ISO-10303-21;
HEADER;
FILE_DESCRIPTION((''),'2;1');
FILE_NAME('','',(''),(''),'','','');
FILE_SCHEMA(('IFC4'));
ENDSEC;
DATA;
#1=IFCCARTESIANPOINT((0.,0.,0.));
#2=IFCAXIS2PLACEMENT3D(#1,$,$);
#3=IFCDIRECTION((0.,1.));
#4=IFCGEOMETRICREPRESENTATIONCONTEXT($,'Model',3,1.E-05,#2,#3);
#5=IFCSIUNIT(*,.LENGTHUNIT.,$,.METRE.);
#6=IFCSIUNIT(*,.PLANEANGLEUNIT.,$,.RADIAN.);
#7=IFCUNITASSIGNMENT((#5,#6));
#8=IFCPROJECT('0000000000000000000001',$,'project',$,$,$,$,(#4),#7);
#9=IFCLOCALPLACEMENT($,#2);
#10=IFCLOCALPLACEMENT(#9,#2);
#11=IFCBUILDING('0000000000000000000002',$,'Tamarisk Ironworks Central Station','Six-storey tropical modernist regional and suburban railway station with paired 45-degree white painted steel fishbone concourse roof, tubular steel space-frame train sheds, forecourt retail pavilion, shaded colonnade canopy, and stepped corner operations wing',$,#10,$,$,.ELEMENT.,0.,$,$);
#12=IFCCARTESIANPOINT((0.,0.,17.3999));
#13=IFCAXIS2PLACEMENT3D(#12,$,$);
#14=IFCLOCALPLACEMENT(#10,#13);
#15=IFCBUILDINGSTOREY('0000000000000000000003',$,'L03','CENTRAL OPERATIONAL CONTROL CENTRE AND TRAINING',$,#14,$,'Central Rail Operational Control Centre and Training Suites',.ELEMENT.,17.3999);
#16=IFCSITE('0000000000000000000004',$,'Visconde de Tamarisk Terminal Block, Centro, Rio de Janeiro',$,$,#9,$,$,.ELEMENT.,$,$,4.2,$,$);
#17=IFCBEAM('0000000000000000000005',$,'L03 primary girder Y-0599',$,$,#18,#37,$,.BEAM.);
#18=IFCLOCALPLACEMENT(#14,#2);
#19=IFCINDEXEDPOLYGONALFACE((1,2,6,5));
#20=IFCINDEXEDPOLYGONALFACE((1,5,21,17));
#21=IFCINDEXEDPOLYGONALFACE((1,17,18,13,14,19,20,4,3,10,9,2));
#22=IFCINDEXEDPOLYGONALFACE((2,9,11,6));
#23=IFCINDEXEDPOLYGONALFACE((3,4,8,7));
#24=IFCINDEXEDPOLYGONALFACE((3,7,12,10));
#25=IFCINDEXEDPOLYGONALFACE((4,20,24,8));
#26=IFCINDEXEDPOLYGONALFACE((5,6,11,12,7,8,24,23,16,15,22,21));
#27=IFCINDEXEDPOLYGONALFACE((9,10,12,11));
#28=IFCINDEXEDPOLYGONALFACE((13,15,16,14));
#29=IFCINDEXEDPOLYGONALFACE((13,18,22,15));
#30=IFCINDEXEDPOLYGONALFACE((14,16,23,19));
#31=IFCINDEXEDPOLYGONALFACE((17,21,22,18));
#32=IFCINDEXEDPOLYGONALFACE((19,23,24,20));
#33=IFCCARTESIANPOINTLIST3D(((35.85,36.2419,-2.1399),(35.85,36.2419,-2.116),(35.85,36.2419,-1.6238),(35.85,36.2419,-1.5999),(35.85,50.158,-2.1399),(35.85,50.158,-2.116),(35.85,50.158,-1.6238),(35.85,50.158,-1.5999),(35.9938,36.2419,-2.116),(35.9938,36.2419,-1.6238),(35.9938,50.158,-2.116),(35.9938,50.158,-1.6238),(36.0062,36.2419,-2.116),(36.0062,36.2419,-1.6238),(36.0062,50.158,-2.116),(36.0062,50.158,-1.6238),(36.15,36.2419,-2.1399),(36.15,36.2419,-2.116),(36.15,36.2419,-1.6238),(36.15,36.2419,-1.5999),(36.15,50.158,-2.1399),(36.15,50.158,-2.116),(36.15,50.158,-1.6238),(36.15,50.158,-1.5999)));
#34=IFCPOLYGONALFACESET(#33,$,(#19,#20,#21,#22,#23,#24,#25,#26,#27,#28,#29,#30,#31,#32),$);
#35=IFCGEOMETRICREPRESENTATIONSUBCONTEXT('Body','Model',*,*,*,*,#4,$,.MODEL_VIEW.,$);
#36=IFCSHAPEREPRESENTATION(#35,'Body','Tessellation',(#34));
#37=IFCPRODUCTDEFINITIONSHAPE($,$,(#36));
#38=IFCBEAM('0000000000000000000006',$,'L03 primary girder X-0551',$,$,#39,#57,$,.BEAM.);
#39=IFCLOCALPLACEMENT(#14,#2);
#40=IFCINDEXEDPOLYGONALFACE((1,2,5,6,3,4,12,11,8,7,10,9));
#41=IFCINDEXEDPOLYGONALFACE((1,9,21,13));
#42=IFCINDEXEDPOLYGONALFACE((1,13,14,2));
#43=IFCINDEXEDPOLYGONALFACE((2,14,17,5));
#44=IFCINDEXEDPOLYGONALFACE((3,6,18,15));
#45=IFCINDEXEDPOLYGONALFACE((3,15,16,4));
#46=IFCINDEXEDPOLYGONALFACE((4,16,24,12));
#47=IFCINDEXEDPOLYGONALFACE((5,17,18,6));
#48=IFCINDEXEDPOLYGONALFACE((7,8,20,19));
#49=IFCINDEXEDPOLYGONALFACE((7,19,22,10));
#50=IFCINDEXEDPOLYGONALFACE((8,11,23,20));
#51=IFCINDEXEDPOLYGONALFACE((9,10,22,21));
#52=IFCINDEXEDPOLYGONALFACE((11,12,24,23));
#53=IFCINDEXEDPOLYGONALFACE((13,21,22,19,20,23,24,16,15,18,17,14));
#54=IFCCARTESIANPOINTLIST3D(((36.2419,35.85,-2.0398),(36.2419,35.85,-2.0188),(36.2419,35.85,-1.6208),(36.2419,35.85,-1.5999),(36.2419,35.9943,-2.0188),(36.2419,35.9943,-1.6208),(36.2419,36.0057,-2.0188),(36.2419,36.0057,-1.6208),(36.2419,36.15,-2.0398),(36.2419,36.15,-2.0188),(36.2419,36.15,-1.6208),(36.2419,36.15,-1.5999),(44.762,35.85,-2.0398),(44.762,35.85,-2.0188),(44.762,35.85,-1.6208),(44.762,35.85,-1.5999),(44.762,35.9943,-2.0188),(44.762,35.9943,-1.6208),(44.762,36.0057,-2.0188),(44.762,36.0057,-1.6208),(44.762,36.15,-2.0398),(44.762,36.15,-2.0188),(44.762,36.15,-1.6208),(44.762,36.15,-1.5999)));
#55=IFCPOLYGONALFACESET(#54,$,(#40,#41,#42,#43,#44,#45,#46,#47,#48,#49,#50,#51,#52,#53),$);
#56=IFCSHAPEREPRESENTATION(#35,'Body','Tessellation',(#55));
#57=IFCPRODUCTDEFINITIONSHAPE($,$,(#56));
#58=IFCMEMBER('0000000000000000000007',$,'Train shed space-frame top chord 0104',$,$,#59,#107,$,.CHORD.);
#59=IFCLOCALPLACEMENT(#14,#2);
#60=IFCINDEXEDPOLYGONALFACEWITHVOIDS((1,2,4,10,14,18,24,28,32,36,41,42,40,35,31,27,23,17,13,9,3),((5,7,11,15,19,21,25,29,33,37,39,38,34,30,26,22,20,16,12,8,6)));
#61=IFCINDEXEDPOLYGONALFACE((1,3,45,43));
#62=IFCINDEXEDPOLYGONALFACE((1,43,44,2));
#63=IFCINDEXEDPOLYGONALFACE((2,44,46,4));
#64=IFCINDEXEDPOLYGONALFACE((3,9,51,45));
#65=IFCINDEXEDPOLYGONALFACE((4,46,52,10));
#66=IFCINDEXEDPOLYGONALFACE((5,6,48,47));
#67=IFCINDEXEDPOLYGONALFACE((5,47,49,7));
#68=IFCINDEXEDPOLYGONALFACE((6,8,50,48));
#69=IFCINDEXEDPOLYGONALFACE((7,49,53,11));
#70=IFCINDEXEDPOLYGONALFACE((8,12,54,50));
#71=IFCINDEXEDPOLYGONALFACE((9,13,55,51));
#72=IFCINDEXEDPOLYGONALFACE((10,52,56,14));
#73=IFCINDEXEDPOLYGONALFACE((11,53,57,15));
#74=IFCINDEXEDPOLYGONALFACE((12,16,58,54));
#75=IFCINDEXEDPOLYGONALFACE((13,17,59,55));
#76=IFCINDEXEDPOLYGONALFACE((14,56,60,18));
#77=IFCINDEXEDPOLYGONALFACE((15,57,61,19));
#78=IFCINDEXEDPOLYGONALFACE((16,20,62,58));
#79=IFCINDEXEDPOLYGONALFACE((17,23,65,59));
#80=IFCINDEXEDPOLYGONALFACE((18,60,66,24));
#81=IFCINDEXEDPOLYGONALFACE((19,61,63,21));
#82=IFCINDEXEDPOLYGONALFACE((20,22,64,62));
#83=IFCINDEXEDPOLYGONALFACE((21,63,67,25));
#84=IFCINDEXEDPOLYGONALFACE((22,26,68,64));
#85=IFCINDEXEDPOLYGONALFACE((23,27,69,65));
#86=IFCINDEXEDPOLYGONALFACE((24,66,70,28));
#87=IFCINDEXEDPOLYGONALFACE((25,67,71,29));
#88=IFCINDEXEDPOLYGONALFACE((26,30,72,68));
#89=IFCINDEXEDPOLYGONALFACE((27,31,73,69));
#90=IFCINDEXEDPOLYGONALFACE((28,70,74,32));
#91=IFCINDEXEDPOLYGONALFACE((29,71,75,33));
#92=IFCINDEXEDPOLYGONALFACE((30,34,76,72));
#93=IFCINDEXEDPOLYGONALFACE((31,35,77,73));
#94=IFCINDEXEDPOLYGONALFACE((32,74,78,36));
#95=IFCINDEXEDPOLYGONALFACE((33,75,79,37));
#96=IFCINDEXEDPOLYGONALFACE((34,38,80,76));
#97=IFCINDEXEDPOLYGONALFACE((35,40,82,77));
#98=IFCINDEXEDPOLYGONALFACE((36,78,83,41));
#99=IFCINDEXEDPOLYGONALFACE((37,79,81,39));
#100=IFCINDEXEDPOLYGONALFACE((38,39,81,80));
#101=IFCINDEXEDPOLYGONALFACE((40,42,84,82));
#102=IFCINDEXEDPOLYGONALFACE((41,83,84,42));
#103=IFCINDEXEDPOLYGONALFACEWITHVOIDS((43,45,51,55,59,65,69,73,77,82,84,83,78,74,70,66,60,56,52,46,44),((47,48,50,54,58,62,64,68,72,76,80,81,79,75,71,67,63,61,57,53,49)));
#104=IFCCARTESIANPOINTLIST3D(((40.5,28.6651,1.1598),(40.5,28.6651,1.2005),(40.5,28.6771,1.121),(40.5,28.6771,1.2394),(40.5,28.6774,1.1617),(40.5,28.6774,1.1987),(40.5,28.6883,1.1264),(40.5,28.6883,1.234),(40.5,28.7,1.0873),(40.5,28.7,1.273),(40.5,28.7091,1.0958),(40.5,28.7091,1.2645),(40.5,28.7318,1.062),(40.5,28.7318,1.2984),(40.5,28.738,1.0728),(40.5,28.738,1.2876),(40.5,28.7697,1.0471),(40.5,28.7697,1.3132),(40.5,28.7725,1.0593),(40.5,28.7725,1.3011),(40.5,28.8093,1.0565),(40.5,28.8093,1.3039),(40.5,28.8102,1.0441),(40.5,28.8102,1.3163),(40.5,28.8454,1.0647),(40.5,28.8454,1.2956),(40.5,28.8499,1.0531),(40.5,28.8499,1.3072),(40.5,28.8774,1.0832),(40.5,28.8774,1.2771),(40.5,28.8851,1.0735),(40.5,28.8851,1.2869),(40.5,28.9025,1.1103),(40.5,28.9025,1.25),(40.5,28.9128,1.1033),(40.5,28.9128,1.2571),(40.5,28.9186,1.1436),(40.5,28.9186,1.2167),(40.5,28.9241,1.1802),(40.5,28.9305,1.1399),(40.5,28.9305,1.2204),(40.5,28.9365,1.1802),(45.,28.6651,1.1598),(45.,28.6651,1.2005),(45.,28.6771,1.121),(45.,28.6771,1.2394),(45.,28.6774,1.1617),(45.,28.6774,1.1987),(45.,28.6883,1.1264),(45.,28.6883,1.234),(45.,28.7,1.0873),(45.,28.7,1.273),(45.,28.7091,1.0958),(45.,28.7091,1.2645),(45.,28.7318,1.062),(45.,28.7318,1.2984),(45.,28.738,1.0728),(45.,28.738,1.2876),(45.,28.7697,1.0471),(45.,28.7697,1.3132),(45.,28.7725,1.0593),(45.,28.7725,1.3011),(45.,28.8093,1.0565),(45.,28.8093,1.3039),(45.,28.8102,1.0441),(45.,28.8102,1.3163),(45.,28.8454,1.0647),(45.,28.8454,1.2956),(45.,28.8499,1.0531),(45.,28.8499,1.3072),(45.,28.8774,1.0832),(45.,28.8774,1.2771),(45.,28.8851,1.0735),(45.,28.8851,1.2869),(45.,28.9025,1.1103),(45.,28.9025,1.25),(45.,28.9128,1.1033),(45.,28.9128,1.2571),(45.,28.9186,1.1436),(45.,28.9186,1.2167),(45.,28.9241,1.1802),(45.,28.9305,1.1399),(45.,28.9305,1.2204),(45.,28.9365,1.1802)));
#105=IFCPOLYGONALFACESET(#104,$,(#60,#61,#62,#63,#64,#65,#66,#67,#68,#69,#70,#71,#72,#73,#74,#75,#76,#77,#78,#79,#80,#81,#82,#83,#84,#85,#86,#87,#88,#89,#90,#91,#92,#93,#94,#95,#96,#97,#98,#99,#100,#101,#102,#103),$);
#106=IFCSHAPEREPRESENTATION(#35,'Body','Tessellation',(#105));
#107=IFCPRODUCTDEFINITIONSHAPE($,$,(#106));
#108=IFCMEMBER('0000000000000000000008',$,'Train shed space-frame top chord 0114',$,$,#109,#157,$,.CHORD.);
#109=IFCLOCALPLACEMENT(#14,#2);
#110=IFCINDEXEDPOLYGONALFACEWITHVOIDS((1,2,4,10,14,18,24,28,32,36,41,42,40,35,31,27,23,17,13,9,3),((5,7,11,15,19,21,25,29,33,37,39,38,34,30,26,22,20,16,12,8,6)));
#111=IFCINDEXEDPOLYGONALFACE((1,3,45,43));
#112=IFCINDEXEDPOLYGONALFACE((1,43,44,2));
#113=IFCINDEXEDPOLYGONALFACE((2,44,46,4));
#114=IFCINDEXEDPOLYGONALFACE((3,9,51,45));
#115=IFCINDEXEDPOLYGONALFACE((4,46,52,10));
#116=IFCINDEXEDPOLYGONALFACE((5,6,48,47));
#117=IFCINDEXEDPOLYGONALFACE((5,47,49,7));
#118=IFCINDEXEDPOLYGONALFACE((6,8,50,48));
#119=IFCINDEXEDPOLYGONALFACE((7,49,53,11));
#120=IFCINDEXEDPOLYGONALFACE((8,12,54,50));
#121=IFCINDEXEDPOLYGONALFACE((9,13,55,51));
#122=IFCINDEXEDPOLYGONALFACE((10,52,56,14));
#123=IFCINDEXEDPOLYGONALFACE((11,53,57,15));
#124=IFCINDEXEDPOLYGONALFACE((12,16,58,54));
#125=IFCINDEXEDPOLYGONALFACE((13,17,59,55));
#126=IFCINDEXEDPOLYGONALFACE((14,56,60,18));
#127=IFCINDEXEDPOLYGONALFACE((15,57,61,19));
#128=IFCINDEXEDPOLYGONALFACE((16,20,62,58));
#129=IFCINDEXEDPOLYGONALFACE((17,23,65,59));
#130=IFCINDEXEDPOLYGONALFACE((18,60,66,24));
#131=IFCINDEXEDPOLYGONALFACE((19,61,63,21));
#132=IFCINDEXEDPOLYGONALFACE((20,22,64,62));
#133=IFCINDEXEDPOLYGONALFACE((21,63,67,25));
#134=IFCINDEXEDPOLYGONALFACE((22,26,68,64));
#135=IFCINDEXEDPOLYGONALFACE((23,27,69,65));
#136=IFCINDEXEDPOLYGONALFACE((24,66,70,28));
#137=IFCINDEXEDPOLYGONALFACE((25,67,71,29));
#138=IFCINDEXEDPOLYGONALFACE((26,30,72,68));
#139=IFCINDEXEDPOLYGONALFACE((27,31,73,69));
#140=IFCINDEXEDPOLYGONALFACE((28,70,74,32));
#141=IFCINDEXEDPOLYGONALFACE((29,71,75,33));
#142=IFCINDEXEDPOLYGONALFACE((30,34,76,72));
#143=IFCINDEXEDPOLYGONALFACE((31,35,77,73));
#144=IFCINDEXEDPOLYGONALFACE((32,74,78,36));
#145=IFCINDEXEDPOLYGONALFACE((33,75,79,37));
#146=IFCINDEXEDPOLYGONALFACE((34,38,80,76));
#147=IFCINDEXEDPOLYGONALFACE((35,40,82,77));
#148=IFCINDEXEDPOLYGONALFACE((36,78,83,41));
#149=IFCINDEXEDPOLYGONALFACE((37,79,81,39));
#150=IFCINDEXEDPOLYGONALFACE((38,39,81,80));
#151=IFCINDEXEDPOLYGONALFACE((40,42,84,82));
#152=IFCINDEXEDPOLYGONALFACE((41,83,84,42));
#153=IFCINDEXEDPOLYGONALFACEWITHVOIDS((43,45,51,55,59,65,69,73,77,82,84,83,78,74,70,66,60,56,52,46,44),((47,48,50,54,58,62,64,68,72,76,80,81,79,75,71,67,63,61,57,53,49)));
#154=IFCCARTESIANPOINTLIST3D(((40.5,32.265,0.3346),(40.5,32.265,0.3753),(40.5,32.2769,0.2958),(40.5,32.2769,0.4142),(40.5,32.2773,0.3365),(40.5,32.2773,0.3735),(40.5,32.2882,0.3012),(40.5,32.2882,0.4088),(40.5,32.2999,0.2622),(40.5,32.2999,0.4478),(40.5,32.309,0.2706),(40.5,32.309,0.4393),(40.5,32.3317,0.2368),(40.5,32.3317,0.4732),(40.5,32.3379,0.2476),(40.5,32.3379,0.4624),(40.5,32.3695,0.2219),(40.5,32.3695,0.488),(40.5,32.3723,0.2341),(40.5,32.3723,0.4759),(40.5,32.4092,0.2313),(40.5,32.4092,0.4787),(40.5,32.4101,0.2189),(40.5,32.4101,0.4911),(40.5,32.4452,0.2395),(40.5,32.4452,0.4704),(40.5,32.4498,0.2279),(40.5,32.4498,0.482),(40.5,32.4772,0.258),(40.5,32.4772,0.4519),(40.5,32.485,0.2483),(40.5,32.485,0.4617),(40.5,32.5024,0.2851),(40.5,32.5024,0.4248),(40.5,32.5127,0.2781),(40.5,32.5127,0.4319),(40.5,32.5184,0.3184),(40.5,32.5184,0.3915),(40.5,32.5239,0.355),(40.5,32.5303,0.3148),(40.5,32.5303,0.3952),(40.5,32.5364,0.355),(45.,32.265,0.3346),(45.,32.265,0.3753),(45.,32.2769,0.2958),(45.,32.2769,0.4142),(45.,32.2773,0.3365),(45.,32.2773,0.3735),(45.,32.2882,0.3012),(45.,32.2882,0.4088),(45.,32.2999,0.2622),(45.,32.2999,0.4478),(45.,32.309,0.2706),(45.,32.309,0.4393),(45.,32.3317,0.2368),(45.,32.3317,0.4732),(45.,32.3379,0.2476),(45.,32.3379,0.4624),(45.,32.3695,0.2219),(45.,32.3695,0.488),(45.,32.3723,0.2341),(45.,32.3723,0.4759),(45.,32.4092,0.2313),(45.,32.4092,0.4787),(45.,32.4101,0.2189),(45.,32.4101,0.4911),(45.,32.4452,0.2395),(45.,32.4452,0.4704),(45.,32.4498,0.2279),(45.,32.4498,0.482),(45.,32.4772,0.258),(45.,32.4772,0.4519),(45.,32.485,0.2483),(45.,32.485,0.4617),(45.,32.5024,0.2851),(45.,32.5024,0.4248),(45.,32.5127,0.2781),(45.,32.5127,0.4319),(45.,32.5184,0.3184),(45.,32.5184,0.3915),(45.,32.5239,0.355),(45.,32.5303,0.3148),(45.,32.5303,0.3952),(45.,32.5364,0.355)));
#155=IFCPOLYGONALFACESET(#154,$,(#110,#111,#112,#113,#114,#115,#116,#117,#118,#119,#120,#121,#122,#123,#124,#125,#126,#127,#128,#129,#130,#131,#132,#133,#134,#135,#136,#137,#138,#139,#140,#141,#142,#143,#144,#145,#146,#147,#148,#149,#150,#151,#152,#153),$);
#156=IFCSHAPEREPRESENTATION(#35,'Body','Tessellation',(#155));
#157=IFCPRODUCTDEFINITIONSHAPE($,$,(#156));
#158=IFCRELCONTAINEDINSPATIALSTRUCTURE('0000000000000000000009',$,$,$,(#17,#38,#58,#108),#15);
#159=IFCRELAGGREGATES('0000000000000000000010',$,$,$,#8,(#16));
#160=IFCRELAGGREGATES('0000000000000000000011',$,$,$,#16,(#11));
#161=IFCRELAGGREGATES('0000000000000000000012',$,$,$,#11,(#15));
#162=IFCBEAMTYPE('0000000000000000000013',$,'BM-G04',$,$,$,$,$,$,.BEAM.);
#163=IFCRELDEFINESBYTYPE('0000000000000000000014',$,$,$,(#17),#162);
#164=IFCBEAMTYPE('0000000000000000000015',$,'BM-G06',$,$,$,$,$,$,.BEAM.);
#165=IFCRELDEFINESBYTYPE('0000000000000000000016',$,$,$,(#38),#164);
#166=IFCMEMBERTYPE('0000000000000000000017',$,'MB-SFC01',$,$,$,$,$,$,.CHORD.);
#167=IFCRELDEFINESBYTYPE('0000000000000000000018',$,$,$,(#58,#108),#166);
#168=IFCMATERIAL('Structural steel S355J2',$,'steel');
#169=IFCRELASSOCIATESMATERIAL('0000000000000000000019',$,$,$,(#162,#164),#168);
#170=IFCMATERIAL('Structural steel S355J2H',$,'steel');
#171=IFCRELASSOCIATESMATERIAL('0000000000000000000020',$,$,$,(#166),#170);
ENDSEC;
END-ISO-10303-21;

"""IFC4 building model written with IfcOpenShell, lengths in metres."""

from ifc_helpers import new_model, si_unit, direction, frame, origin, origin_2d, place, context, subcontext, project, spatial, hollow_circle, i_section, extrude, material, material_profile, profile_set, type_object, element, save


model = new_model("IFC4")

# Units and contexts
model_context = context("Model", 3, precision=1e-05, world=origin(), true_north=direction((0.0, 1.0)))
body_context = subcontext(model_context, "Body", "Model", "MODEL_VIEW")
ifc_project = project(units=[si_unit("LENGTHUNIT", "METRE"), si_unit("PLANEANGLEUNIT", "RADIAN")], contexts=[model_context])

# Site, building, storey
site_placement = place(None, origin())
site = spatial("IfcSite", under=ifc_project, at=site_placement, Name="Visconde de Tamarisk Terminal Block, Centro, Rio de Janeiro", CompositionType="ELEMENT", RefElevation=4.2)
building_placement = place(site_placement, origin())
building = spatial("IfcBuilding", under=site, at=building_placement, Name="Tamarisk Ironworks Central Station", Description="Six-storey tropical modernist regional and suburban railway station with paired 45-degree white painted steel fishbone concourse roof, tubular steel space-frame train sheds, forecourt retail pavilion, shaded colonnade canopy, and stepped corner operations wing", CompositionType="ELEMENT", ElevationOfRefHeight=0.0)
storey_placement = place(building_placement, frame((0.0, 0.0, 17.3999)))
storey = spatial("IfcBuildingStorey", under=building, at=storey_placement, Name="L03", Description="CENTRAL OPERATIONAL CONTROL CENTRE AND TRAINING", LongName="Central Rail Operational Control Centre and Training Suites", CompositionType="ELEMENT", Elevation=17.3999)

# Beams
ifc_material_1 = material(Name="Structural steel S355J2", Category="steel")
ifc_material_profile_1 = material_profile(ifc_material_1, i_section(OverallWidth=0.3, OverallDepth=0.54, WebThickness=0.0125, FlangeThickness=0.0239, at=origin_2d()), Name="HEA 550")
ifc_profile_set_1 = profile_set([ifc_material_profile_1], Name="Structural steel S355J2")
beam_type_1 = type_object("IfcBeamType", Name="BM-G04", PredefinedType="BEAM", material=ifc_profile_set_1)
beam_1_placement = place(storey_placement, frame((36.0, 36.2419, -1.8699), z_axis=(0.0, 1.0, 0.0), x_axis=(-1.0, 0.0, 0.0)))
element("IfcBeam", 1, at=beam_1_placement, inside=storey, type_object=beam_type_1, Name="L03 primary girder Y-0599", PredefinedType="BEAM", context=body_context, shape_type="SweptSolid", body=[
    extrude(i_section(OverallWidth=0.3, OverallDepth=0.54, WebThickness=0.0125, FlangeThickness=0.0239, at=origin_2d()), origin(), (0.0, 0.0, 1.0), 13.916),
])
ifc_material_profile_2 = material_profile(ifc_material_1, i_section(OverallWidth=0.3, OverallDepth=0.4399, WebThickness=0.0115, FlangeThickness=0.021, at=origin_2d()), Name="HEA 450")
ifc_profile_set_2 = profile_set([ifc_material_profile_2], Name="Structural steel S355J2")
beam_type_2 = type_object("IfcBeamType", Name="BM-G06", PredefinedType="BEAM", material=ifc_profile_set_2)
beam_2_placement = place(storey_placement, frame((36.2419, 36.0, -1.8198), z_axis=(1.0, 0.0, 0.0), x_axis=(0.0, 1.0, 0.0)))
element("IfcBeam", 2, at=beam_2_placement, inside=storey, type_object=beam_type_2, Name="L03 primary girder X-0551", PredefinedType="BEAM", context=body_context, shape_type="SweptSolid", body=[
    extrude(i_section(OverallWidth=0.3, OverallDepth=0.4399, WebThickness=0.0115, FlangeThickness=0.021, at=origin_2d()), origin(), (0.0, 0.0, 1.0), 8.52),
])

# Members
ifc_material_2 = material(Name="Structural steel S355J2H", Category="steel")
ifc_material_profile_3 = material_profile(ifc_material_2, hollow_circle(Radius=0.1365, WallThickness=0.0125, at=origin_2d()), Name="CHS 273x12.5")
ifc_profile_set_3 = profile_set([ifc_material_profile_3], Name="Structural steel S355J2H")
member_type_1 = type_object("IfcMemberType", Name="MB-SFC01", PredefinedType="CHORD", material=ifc_profile_set_3)
for number, where, z_axis, x_axis, name in (
    (3, (40.5, 28.8, 1.1802), (1.0, 0.0, 0.0), (0.0, 1.0, 0.0), "Train shed space-frame top chord 0104"),
    (4, (40.5, 32.3999, 0.355), (1.0, 0.0, 0.0), (0.0, 1.0, 0.0), "Train shed space-frame top chord 0114"),
):
    element("IfcMember", number, at=place(storey_placement, frame(where, z_axis=z_axis, x_axis=x_axis)), inside=storey, type_object=member_type_1, Name=name, PredefinedType="CHORD", context=body_context, shape_type="SweptSolid", body=[
        extrude(hollow_circle(Radius=0.1365, WallThickness=0.0125, at=origin_2d()), origin(), (0.0, 0.0, 1.0), 4.5),
    ])

save(model, "model.ifc")
